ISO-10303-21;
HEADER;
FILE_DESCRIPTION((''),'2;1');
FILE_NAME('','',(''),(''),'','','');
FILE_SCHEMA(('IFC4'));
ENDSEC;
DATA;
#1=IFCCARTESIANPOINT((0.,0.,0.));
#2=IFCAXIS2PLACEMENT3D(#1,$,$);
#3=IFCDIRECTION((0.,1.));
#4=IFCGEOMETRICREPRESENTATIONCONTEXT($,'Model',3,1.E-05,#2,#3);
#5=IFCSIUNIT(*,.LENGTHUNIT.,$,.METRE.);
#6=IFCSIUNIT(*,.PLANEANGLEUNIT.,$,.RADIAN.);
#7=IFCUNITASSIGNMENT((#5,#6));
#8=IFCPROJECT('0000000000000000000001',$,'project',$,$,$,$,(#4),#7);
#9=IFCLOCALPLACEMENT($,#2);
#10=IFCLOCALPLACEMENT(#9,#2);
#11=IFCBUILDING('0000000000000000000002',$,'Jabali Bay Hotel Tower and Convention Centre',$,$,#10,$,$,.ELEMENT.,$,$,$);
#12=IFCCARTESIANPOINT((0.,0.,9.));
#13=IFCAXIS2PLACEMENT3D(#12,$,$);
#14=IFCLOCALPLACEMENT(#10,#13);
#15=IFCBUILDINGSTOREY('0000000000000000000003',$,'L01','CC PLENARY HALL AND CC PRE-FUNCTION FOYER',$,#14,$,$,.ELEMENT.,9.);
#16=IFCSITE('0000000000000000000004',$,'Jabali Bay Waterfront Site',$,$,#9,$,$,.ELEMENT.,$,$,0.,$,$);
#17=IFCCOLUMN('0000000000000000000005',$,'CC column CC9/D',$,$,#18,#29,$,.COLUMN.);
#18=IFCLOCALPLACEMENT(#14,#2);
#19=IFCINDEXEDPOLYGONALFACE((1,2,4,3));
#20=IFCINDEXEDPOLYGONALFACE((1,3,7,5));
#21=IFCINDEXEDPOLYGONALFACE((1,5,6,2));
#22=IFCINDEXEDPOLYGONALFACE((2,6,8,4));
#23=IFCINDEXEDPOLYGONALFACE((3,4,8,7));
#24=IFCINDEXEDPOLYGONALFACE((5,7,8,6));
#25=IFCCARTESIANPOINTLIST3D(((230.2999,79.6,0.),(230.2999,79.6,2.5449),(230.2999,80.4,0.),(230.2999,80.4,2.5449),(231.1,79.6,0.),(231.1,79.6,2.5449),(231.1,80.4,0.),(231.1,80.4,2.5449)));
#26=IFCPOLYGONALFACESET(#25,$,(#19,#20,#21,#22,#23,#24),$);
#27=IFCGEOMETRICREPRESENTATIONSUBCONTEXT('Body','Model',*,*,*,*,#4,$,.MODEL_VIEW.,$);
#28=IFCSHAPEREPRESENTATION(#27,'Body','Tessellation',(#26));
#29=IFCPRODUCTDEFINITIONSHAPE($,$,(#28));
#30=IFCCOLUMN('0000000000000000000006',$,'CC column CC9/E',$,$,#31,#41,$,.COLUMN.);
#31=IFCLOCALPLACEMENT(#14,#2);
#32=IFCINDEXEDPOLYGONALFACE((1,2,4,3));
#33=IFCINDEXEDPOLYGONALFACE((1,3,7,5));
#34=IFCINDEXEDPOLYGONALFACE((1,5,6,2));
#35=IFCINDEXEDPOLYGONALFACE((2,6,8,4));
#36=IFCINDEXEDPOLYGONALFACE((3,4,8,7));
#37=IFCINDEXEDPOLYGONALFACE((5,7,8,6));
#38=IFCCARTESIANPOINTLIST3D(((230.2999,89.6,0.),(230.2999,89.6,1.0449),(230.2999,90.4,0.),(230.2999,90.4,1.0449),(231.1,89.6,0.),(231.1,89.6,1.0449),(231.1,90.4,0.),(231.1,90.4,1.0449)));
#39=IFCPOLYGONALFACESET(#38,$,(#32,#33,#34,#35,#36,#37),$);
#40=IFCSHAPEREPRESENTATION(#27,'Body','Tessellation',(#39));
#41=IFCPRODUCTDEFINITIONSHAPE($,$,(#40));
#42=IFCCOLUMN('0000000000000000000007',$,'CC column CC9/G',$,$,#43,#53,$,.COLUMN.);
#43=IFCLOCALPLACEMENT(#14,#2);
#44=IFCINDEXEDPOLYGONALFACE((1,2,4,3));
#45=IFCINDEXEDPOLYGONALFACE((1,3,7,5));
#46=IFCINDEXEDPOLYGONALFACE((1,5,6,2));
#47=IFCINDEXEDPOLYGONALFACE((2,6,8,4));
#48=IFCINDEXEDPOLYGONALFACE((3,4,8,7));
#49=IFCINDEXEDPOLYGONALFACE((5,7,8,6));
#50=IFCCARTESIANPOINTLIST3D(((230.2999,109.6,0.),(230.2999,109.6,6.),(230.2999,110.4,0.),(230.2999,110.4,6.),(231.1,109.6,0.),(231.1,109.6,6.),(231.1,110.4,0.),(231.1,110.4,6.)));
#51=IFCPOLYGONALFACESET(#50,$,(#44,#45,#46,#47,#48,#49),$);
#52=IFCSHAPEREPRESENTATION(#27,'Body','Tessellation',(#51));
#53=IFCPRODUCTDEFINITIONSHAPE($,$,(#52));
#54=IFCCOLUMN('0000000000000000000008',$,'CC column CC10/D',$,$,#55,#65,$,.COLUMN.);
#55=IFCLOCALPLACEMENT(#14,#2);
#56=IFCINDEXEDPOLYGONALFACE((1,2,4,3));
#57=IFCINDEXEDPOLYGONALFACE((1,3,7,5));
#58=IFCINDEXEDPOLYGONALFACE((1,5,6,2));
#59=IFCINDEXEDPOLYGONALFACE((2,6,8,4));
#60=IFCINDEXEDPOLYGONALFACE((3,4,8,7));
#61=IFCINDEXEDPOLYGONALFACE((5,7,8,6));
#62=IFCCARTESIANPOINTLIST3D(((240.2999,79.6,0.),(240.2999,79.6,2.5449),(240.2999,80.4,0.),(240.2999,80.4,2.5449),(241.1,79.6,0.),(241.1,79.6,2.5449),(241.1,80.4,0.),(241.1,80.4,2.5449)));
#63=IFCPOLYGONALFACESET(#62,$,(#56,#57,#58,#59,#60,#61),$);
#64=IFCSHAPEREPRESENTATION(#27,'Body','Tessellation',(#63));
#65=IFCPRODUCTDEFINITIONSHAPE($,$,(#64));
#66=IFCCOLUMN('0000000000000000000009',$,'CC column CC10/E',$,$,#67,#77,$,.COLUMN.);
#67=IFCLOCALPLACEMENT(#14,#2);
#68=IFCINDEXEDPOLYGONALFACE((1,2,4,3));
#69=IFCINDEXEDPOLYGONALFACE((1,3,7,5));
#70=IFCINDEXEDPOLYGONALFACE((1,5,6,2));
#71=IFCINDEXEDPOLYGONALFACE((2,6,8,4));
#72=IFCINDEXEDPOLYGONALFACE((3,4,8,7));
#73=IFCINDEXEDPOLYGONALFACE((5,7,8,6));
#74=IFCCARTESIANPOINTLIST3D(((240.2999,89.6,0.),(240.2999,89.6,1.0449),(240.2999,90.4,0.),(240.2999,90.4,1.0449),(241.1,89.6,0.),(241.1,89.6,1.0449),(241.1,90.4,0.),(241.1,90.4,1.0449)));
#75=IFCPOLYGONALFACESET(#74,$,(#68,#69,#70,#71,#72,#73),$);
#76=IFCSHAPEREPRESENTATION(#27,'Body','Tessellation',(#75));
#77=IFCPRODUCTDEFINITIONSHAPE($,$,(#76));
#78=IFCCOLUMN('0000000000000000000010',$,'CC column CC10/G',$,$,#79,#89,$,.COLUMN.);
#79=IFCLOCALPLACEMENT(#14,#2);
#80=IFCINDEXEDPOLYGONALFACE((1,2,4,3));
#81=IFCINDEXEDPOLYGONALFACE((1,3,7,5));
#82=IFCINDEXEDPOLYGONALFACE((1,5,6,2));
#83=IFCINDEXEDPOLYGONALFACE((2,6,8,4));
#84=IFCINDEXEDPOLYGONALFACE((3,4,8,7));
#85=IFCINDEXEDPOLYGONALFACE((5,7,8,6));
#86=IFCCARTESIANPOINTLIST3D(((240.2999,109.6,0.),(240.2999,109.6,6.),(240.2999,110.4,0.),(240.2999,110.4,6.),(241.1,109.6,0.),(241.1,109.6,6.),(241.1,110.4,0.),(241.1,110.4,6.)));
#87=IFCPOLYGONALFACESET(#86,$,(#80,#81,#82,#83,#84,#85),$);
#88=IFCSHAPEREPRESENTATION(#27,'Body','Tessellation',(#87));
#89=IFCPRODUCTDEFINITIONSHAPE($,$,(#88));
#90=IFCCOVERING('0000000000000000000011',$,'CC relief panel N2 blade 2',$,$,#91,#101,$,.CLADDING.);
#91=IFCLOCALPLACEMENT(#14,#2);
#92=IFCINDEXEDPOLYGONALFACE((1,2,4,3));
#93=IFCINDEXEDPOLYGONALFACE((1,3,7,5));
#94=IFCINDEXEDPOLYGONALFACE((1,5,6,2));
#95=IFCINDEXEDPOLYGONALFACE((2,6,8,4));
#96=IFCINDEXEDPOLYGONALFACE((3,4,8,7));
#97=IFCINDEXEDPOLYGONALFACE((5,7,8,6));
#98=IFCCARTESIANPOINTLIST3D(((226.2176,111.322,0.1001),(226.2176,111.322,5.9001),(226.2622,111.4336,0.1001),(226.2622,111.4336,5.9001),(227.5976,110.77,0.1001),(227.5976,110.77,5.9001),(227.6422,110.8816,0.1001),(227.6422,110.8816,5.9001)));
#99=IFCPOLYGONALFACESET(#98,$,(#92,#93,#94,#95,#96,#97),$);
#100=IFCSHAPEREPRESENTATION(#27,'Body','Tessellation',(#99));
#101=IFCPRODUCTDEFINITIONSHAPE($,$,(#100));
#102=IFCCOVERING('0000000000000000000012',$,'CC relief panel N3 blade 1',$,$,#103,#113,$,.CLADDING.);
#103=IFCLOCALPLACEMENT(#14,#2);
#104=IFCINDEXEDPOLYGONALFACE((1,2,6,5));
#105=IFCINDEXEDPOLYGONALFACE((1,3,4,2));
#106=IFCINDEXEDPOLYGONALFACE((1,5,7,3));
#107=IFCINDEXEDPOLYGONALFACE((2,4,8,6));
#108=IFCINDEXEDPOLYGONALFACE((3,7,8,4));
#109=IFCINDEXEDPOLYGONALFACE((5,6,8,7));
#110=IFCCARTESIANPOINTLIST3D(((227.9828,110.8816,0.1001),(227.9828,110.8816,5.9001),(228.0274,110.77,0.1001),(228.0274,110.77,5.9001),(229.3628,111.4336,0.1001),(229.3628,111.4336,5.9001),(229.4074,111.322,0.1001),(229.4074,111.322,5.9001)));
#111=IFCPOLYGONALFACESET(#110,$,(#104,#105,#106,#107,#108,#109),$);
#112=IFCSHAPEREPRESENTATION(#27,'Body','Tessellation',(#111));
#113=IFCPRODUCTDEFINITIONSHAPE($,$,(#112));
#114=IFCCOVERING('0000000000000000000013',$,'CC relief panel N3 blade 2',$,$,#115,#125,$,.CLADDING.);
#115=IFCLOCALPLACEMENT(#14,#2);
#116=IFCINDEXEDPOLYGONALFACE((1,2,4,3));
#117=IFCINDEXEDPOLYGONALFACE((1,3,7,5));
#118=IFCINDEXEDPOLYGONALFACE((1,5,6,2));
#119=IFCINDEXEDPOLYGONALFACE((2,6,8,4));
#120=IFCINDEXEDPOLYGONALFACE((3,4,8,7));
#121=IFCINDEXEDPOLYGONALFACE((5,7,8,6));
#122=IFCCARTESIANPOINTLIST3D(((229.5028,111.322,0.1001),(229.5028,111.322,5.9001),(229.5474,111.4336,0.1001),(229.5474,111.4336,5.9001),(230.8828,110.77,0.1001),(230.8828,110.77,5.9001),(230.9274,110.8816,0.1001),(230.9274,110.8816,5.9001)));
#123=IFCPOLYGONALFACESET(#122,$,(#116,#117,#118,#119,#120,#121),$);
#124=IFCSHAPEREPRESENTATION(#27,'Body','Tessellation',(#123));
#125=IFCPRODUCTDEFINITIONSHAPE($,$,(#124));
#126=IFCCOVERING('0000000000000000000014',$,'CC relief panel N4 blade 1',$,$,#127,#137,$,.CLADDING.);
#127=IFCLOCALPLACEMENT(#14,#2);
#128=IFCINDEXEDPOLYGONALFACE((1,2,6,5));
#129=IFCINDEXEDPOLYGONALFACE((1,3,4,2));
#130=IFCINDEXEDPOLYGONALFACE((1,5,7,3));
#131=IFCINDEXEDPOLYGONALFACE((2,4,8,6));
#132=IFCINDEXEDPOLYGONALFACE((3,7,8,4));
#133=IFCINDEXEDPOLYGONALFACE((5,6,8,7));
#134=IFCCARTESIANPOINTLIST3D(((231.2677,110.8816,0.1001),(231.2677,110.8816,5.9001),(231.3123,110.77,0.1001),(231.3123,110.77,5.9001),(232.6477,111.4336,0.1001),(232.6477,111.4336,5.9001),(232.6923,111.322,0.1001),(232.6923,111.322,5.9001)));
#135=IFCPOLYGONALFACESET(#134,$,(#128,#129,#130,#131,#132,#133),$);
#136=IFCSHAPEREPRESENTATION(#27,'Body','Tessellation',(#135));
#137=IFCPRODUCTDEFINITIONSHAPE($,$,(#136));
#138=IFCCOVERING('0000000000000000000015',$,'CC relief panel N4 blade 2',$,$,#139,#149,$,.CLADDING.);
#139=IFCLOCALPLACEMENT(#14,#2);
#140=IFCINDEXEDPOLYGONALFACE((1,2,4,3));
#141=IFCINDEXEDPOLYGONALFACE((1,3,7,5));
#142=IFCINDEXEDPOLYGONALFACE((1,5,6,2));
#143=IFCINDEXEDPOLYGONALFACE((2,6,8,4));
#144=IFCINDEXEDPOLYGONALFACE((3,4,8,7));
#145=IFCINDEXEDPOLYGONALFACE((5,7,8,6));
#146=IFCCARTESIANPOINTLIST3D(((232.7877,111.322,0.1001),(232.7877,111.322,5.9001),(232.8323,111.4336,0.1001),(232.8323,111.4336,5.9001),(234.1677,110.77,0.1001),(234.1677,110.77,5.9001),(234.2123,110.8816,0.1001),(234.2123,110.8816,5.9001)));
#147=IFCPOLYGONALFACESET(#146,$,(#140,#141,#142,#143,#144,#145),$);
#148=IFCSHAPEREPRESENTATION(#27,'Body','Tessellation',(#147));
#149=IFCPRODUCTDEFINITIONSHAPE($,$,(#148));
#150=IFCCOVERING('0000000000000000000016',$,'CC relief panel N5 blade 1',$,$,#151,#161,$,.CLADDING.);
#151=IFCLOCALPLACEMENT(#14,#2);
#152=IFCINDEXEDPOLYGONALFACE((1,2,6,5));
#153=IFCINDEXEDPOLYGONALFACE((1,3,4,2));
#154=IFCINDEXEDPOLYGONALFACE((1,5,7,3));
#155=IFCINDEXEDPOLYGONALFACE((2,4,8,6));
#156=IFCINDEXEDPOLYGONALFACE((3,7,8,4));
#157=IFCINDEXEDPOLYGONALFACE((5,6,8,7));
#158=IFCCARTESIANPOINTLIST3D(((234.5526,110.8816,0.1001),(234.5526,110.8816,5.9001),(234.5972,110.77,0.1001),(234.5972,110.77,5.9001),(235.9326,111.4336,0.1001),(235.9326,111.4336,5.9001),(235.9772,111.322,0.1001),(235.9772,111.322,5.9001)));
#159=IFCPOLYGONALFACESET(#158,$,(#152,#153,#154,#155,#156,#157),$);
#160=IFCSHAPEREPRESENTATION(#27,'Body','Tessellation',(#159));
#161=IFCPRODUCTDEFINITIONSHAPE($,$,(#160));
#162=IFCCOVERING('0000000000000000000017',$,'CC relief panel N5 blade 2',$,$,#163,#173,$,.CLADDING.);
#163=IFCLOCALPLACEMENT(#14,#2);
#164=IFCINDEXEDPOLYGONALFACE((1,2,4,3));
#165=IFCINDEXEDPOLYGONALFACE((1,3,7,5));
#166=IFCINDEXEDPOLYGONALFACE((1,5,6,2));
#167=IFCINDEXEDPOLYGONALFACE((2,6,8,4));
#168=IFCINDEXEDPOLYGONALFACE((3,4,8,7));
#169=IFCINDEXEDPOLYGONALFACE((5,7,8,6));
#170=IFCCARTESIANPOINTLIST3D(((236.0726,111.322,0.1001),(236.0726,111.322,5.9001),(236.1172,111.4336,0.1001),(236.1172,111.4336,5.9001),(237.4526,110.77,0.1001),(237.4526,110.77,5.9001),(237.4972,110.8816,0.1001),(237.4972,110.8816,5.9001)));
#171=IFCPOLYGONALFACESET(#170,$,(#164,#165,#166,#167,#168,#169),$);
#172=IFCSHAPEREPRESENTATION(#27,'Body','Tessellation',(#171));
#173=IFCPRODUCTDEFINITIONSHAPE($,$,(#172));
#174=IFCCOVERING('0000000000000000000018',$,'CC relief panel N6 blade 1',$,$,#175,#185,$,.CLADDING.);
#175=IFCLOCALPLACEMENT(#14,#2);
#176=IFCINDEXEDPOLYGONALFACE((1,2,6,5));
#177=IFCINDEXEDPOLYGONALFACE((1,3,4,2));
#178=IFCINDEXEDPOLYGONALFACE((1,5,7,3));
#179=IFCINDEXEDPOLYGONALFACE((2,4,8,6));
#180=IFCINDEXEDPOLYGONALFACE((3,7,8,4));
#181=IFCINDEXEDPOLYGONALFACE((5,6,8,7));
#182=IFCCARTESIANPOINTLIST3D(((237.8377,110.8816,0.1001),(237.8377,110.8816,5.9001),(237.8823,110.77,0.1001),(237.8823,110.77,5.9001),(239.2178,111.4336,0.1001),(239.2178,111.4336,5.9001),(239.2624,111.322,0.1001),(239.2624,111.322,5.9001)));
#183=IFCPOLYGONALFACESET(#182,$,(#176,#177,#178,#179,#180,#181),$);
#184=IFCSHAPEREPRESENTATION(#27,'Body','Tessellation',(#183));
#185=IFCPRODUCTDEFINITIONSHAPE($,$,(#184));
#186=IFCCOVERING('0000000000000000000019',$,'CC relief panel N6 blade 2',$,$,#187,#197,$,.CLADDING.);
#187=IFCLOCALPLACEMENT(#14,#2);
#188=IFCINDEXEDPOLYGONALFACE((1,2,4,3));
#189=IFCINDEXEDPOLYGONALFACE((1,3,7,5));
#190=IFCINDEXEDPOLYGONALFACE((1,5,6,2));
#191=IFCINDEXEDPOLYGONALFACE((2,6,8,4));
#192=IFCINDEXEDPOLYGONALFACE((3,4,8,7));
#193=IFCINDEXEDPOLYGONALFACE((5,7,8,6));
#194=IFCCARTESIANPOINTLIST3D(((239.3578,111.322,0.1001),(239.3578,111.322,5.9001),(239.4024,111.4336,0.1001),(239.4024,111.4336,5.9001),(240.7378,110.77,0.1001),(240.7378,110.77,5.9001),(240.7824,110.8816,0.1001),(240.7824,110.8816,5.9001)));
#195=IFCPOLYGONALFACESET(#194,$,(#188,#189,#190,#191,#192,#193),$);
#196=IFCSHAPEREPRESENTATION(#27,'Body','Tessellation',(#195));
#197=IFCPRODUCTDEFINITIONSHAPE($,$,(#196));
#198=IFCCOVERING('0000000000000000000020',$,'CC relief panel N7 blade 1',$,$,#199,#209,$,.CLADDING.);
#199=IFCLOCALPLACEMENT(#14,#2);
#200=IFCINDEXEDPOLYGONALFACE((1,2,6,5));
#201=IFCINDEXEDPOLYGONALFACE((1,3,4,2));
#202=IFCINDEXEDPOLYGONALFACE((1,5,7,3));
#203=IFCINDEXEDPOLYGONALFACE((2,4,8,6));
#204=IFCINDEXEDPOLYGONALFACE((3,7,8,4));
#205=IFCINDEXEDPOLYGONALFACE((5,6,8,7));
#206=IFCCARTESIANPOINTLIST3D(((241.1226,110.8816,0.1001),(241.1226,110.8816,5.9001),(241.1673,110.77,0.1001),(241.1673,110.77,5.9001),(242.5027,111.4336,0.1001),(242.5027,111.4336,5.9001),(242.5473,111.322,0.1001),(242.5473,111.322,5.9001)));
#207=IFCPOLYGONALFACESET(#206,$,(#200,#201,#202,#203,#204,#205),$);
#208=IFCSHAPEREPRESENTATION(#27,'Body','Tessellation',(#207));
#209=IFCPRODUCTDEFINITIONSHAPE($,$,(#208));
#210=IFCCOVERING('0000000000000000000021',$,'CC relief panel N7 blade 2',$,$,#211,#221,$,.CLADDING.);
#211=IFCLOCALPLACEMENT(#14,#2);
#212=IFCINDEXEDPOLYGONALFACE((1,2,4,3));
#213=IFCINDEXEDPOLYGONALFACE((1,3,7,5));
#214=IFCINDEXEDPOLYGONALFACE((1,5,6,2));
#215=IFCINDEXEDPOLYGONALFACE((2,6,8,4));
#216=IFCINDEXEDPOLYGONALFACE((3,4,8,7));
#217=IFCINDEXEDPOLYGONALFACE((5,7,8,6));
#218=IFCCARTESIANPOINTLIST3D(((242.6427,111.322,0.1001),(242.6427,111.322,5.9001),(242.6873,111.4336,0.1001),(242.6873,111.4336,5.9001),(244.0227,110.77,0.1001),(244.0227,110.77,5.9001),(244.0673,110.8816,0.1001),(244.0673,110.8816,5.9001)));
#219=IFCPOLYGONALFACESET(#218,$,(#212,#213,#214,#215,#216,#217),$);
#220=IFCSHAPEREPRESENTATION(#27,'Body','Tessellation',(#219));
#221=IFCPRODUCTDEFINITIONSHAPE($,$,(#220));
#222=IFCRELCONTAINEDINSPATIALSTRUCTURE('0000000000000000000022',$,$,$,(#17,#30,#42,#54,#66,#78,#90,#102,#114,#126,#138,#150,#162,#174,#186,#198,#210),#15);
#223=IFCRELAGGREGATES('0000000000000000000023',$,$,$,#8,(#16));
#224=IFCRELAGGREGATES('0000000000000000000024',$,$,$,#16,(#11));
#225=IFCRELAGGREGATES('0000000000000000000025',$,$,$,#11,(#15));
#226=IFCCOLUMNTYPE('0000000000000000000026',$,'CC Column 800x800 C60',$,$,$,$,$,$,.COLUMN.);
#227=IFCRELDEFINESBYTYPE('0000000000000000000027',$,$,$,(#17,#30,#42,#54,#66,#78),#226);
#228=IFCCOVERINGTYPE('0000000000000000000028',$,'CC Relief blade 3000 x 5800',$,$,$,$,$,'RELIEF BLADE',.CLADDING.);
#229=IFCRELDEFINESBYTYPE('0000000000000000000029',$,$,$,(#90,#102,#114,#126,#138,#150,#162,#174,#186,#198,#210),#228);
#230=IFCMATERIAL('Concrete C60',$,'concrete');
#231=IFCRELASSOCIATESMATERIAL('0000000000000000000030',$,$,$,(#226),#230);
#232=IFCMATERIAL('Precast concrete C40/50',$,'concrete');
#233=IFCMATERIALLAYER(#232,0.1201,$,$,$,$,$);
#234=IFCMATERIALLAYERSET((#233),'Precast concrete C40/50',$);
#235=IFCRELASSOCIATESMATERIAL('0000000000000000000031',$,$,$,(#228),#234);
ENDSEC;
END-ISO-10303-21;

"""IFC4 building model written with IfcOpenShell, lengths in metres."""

from ifc_helpers import new_model, si_unit, direction, frame, origin, origin_2d, place, context, subcontext, project, spatial, rectangle, extrude, material, layer, layer_set, material_profile, profile_set, type_object, element, save


model = new_model("IFC4")

# Units and contexts
model_context = context("Model", 3, precision=1e-05, world=origin(), true_north=direction((0.0, 1.0)))
body_context = subcontext(model_context, "Body", "Model", "MODEL_VIEW")
ifc_project = project(units=[si_unit("LENGTHUNIT", "METRE"), si_unit("PLANEANGLEUNIT", "RADIAN")], contexts=[model_context])

# Site, building, storey
site_placement = place(None, origin())
site = spatial("IfcSite", under=ifc_project, at=site_placement, Name="Jabali Bay Waterfront Site", CompositionType="ELEMENT", RefElevation=0.0)
building_placement = place(site_placement, origin())
building = spatial("IfcBuilding", under=site, at=building_placement, Name="Jabali Bay Hotel Tower and Convention Centre", CompositionType="ELEMENT")
storey_placement = place(building_placement, frame((0.0, 0.0, 9.0)))
storey = spatial("IfcBuildingStorey", under=building, at=storey_placement, Name="L01", Description="CC PLENARY HALL AND CC PRE-FUNCTION FOYER", CompositionType="ELEMENT", Elevation=9.0)

# Columns
ifc_material_1 = material(Name="Concrete C60", Category="concrete")
ifc_material_profile = material_profile(ifc_material_1, rectangle(XDim=0.8, YDim=0.8, at=origin_2d()), Name="RC 800x800")
ifc_profile_set = profile_set([ifc_material_profile], Name="Concrete C60")
column_type = type_object("IfcColumnType", Name="CC Column 800x800 C60", PredefinedType="COLUMN", material=ifc_profile_set)
column_1_placement = place(storey_placement, frame((230.7, 80.0, 0.0), z_axis=(0.0, 0.0, 1.0), x_axis=(1.0, 0.0, 0.0)))
element("IfcColumn", 1, at=column_1_placement, inside=storey, type_object=column_type, Name="CC column CC9/D", PredefinedType="COLUMN", context=body_context, shape_type="SweptSolid", body=[
    extrude(rectangle(XDim=0.8, YDim=0.8, at=origin_2d()), origin(), (0.0, 0.0, 1.0), 2.5449),
])
column_2_placement = place(storey_placement, frame((230.7, 90.0, 0.0), z_axis=(0.0, 0.0, 1.0), x_axis=(1.0, 0.0, 0.0)))
element("IfcColumn", 2, at=column_2_placement, inside=storey, type_object=column_type, Name="CC column CC9/E", PredefinedType="COLUMN", context=body_context, shape_type="SweptSolid", body=[
    extrude(rectangle(XDim=0.8, YDim=0.8, at=origin_2d()), origin(), (0.0, 0.0, 1.0), 1.0449),
])
column_3_placement = place(storey_placement, frame((230.7, 110.0, 0.0), z_axis=(0.0, 0.0, 1.0), x_axis=(1.0, 0.0, 0.0)))
element("IfcColumn", 3, at=column_3_placement, inside=storey, type_object=column_type, Name="CC column CC9/G", PredefinedType="COLUMN", context=body_context, shape_type="SweptSolid", body=[
    extrude(rectangle(XDim=0.8, YDim=0.8, at=origin_2d()), origin(), (0.0, 0.0, 1.0), 6.0),
])
column_4_placement = place(storey_placement, frame((240.7, 80.0, 0.0), z_axis=(0.0, 0.0, 1.0), x_axis=(1.0, 0.0, 0.0)))
element("IfcColumn", 4, at=column_4_placement, inside=storey, type_object=column_type, Name="CC column CC10/D", PredefinedType="COLUMN", context=body_context, shape_type="SweptSolid", body=[
    extrude(rectangle(XDim=0.8, YDim=0.8, at=origin_2d()), origin(), (0.0, 0.0, 1.0), 2.5449),
])
column_5_placement = place(storey_placement, frame((240.7, 90.0, 0.0), z_axis=(0.0, 0.0, 1.0), x_axis=(1.0, 0.0, 0.0)))
element("IfcColumn", 5, at=column_5_placement, inside=storey, type_object=column_type, Name="CC column CC10/E", PredefinedType="COLUMN", context=body_context, shape_type="SweptSolid", body=[
    extrude(rectangle(XDim=0.8, YDim=0.8, at=origin_2d()), origin(), (0.0, 0.0, 1.0), 1.0449),
])
column_6_placement = place(storey_placement, frame((240.7, 110.0, 0.0), z_axis=(0.0, 0.0, 1.0), x_axis=(1.0, 0.0, 0.0)))
element("IfcColumn", 6, at=column_6_placement, inside=storey, type_object=column_type, Name="CC column CC10/G", PredefinedType="COLUMN", context=body_context, shape_type="SweptSolid", body=[
    extrude(rectangle(XDim=0.8, YDim=0.8, at=origin_2d()), origin(), (0.0, 0.0, 1.0), 6.0),
])

# Coverings
ifc_material_2 = material(Name="Precast concrete C40/50", Category="concrete")
ifc_layer_1 = layer(ifc_material_2, 0.1201)
ifc_layer_set_1 = layer_set([ifc_layer_1], Name="Precast concrete C40/50")
covering_type_1 = type_object("IfcCoveringType", Name="CC Relief blade 3000 x 5800", ElementType="RELIEF BLADE", PredefinedType="CLADDING", material=ifc_layer_set_1)
for number, where, z_axis, x_axis, name in (
    (7, (226.9299, 111.1018, 0.1001), (0.0, 0.0, 1.0), (-0.928477, 0.371391, 0.0), "CC relief panel N2 blade 2"),
    (8, (228.6951, 111.1018, 0.1001), (0.0, 0.0, 1.0), (0.928477, 0.371391, 0.0), "CC relief panel N3 blade 1"),
    (9, (230.2151, 111.1018, 0.1001), (0.0, 0.0, 1.0), (-0.928477, 0.371391, 0.0), "CC relief panel N3 blade 2"),
    (10, (231.98, 111.1018, 0.1001), (0.0, 0.0, 1.0), (0.928477, 0.371391, 0.0), "CC relief panel N4 blade 1"),
    (11, (233.5, 111.1018, 0.1001), (0.0, 0.0, 1.0), (-0.928477, 0.371391, 0.0), "CC relief panel N4 blade 2"),
    (12, (235.2649, 111.1018, 0.1001), (0.0, 0.0, 1.0), (0.928477, 0.371391, 0.0), "CC relief panel N5 blade 1"),
    (13, (236.7849, 111.1018, 0.1001), (0.0, 0.0, 1.0), (-0.928477, 0.371391, 0.0), "CC relief panel N5 blade 2"),
    (14, (238.55, 111.1018, 0.1001), (0.0, 0.0, 1.0), (0.928477, 0.371391, 0.0), "CC relief panel N6 blade 1"),
    (15, (240.0701, 111.1018, 0.1001), (0.0, 0.0, 1.0), (-0.928477, 0.371391, 0.0), "CC relief panel N6 blade 2"),
    (16, (241.835, 111.1018, 0.1001), (0.0, 0.0, 1.0), (0.928477, 0.371391, 0.0), "CC relief panel N7 blade 1"),
    (17, (243.355, 111.1018, 0.1001), (0.0, 0.0, 1.0), (-0.928477, 0.371391, 0.0), "CC relief panel N7 blade 2"),
):
    element("IfcCovering", number, at=place(storey_placement, frame(where, z_axis=z_axis, x_axis=x_axis)), inside=storey, type_object=covering_type_1, Name=name, PredefinedType="CLADDING", context=body_context, shape_type="SweptSolid", body=[
        extrude(rectangle(XDim=1.4863, YDim=0.1201, at=origin_2d()), origin(), (0.0, 0.0, 1.0), 5.8),
    ])

save(model, "model.ifc")
